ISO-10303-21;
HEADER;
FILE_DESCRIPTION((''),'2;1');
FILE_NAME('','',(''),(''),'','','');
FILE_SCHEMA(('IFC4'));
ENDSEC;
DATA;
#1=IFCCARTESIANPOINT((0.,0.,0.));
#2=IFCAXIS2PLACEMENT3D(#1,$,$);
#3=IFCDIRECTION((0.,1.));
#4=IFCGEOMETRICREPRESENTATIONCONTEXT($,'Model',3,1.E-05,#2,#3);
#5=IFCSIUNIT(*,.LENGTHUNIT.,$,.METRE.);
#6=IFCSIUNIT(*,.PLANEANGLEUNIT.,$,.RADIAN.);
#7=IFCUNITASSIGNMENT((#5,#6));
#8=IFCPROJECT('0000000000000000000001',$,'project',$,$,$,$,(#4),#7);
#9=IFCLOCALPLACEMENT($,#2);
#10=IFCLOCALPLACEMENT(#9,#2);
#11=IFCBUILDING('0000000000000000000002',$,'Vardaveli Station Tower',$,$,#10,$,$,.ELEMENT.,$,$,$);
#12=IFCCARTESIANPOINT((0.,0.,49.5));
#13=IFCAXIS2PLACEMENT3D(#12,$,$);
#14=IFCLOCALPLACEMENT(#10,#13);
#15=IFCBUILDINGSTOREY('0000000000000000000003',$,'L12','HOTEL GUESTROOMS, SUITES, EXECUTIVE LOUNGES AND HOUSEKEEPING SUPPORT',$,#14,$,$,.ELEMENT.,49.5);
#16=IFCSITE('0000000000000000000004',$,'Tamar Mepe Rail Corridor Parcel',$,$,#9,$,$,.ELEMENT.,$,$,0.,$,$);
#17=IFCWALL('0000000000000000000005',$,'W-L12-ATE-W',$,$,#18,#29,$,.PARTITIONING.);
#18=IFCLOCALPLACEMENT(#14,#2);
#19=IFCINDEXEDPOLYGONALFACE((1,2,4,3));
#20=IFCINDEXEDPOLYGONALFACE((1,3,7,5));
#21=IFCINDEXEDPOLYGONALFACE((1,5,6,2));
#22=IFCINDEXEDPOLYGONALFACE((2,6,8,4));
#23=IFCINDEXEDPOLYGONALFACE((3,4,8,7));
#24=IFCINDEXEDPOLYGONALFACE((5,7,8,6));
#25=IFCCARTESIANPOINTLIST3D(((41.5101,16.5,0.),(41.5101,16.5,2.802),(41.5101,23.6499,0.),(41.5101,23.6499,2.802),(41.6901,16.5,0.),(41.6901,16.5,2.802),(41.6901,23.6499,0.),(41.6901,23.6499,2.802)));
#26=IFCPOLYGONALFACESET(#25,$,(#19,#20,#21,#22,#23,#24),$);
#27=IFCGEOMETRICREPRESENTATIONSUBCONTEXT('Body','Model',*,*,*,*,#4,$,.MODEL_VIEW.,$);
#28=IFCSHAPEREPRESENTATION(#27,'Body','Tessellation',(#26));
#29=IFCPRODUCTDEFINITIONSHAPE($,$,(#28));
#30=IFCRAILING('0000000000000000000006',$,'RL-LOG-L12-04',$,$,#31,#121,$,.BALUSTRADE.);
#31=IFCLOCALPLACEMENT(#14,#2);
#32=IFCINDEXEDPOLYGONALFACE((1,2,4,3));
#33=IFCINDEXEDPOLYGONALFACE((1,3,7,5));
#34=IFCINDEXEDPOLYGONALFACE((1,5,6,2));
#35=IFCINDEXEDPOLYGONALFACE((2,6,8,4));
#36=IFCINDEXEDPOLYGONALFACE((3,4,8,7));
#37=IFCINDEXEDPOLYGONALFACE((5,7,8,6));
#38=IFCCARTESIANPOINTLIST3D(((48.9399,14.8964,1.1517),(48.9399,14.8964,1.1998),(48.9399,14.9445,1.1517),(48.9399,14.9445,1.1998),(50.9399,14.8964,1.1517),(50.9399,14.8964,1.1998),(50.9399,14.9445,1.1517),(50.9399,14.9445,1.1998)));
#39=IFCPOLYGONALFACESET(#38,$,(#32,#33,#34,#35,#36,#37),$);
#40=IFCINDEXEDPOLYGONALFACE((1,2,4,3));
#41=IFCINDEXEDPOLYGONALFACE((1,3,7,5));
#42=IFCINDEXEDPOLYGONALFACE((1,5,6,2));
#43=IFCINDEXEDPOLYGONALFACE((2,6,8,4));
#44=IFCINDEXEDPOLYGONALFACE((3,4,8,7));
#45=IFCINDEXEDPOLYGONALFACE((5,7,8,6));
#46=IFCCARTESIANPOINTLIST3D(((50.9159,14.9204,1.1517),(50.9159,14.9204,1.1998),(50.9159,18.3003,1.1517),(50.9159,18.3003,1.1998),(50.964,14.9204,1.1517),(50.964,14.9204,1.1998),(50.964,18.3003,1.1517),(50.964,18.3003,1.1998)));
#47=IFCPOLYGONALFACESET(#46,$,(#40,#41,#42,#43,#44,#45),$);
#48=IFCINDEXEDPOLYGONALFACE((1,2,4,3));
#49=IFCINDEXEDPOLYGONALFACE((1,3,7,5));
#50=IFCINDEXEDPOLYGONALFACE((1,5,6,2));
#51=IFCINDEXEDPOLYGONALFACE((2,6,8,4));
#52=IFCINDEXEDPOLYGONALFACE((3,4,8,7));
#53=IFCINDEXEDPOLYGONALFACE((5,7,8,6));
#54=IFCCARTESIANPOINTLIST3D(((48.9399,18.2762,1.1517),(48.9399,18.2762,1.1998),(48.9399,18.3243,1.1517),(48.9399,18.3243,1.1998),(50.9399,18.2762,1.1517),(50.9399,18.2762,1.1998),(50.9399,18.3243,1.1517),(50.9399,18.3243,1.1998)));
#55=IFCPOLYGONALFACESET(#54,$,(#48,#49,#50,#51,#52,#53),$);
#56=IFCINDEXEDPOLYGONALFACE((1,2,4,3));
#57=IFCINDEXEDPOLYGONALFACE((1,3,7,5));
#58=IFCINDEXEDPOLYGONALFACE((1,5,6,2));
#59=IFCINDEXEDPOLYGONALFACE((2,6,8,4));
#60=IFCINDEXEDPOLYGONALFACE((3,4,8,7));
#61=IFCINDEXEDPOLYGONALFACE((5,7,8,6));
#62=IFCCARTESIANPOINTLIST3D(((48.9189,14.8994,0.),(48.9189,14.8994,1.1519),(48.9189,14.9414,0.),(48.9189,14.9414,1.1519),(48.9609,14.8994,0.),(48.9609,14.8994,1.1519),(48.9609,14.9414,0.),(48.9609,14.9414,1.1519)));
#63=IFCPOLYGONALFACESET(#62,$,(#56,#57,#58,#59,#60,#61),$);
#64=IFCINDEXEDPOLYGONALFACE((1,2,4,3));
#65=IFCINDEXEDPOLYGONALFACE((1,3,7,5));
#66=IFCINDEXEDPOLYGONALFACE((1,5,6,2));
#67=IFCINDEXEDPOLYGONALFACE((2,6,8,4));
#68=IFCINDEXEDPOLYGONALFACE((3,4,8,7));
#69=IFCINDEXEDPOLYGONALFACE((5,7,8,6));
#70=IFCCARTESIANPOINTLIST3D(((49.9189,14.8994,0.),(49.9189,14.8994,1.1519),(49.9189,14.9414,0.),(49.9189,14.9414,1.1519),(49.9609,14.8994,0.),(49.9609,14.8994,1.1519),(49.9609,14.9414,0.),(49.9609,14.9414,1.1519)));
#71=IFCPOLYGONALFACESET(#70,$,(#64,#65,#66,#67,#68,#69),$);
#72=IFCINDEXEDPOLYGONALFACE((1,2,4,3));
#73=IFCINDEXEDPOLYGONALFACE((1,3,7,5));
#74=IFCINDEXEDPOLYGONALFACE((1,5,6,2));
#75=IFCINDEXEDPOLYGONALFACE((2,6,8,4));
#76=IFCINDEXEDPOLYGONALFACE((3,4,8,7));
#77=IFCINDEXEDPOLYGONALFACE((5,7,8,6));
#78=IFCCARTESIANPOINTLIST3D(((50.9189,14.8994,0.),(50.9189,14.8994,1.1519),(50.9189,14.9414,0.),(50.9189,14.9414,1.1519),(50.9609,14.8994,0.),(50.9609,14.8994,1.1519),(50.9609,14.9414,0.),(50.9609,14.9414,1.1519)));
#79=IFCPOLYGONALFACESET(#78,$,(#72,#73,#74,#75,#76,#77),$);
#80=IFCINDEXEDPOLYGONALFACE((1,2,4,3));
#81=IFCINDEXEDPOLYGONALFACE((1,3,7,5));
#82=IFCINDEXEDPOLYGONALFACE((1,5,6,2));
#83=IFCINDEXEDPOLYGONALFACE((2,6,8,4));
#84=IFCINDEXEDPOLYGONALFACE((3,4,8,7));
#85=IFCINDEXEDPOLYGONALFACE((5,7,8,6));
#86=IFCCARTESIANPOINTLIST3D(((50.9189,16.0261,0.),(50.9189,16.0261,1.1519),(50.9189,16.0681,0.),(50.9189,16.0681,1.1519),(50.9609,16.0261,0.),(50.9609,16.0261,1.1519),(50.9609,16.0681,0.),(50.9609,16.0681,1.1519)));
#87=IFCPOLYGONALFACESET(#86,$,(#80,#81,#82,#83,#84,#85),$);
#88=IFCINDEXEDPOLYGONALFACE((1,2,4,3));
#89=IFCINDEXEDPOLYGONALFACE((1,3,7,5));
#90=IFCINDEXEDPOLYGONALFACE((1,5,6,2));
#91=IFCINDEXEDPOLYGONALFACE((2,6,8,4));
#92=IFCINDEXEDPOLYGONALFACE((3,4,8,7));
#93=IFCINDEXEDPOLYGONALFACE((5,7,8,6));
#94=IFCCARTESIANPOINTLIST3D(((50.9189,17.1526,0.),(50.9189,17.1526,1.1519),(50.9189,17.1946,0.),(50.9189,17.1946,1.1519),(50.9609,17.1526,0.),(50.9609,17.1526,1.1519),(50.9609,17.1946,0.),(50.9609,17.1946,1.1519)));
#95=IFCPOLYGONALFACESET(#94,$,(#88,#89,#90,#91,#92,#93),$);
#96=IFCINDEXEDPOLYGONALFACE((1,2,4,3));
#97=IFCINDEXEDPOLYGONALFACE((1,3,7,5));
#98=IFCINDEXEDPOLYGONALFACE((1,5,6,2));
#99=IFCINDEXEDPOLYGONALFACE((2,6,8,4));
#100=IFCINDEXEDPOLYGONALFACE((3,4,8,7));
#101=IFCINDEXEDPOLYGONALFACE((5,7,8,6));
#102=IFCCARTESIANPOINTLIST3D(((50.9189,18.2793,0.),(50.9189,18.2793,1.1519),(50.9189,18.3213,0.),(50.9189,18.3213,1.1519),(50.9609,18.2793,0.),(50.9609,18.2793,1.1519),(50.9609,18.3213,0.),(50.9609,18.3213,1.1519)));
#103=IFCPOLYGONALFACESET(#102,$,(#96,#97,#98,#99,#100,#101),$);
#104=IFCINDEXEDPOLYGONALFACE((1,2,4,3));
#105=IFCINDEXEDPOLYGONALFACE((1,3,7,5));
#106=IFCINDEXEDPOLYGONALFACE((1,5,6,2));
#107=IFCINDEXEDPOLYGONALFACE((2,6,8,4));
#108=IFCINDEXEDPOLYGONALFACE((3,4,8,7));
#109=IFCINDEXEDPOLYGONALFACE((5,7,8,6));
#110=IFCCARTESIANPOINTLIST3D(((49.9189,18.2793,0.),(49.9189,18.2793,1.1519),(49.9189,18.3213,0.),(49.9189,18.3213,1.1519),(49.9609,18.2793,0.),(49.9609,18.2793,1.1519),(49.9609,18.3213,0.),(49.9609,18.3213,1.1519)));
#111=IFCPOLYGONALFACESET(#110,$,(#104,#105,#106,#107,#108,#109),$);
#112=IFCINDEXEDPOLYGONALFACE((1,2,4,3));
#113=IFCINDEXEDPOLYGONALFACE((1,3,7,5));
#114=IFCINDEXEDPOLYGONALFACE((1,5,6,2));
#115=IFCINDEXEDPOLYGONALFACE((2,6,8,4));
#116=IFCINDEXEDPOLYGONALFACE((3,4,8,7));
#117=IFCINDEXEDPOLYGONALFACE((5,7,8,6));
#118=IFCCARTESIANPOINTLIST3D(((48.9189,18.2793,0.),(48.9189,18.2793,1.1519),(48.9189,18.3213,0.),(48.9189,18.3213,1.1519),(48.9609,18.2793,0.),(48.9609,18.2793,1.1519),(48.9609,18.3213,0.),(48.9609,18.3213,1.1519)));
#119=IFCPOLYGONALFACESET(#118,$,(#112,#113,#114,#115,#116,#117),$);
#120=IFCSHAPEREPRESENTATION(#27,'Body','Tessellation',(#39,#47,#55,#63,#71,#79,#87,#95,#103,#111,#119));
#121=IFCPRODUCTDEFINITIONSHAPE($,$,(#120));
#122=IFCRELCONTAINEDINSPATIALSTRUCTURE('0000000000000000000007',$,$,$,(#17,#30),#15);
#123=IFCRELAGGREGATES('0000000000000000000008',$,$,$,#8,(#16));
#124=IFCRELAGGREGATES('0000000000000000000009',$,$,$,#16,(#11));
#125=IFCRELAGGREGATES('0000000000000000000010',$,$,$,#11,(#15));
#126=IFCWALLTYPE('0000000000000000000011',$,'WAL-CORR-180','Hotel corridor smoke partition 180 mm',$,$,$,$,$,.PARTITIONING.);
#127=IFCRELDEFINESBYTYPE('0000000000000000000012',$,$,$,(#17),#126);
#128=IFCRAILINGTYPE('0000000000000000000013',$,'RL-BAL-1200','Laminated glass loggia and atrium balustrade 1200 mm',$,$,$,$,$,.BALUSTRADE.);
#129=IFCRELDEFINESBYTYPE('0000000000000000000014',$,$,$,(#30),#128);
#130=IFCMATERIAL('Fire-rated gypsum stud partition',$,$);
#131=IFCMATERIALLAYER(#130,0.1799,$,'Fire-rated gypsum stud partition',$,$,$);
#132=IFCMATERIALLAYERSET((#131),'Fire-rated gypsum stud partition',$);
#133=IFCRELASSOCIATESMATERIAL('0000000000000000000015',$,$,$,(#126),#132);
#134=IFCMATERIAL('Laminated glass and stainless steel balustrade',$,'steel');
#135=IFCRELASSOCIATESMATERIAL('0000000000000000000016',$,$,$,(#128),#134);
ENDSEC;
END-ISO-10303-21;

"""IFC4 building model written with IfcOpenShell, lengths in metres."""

from ifc_helpers import new_model, si_unit, direction, frame, frame_2d, origin, origin_2d, place, context, subcontext, project, spatial, rectangle, extrude, source, transform, mapped, material, layer, layer_set, type_object, element, save


model = new_model("IFC4")

# Units and contexts
model_context = context("Model", 3, precision=1e-05, world=origin(), true_north=direction((0.0, 1.0)))
body_context = subcontext(model_context, "Body", "Model", "MODEL_VIEW")
ifc_project = project(units=[si_unit("LENGTHUNIT", "METRE"), si_unit("PLANEANGLEUNIT", "RADIAN")], contexts=[model_context])

# Site, building, storey
site_placement = place(None, origin())
site = spatial("IfcSite", under=ifc_project, at=site_placement, Name="Tamar Mepe Rail Corridor Parcel", CompositionType="ELEMENT", RefElevation=0.0)
building_placement = place(site_placement, origin())
building = spatial("IfcBuilding", under=site, at=building_placement, Name="Vardaveli Station Tower", CompositionType="ELEMENT")
storey_placement = place(building_placement, frame((0.0, 0.0, 49.5)))
storey = spatial("IfcBuildingStorey", under=building, at=storey_placement, Name="L12", Description="HOTEL GUESTROOMS, SUITES, EXECUTIVE LOUNGES AND HOUSEKEEPING SUPPORT", CompositionType="ELEMENT", Elevation=49.5)

# Shared definitions
ifc_material_1 = material(Name="Fire-rated gypsum stud partition")
ifc_layer_1 = layer(ifc_material_1, 0.1799, Name="Fire-rated gypsum stud partition")
ifc_layer_set_1 = layer_set([ifc_layer_1], Name="Fire-rated gypsum stud partition")
wall_type_1 = type_object("IfcWallType", Name="WAL-CORR-180", Description="Hotel corridor smoke partition 180 mm", PredefinedType="PARTITIONING", material=ifc_layer_set_1)

# Wall
shared_shape_1 = source(origin(), body_context, "Body", "SweptSolid", [
    extrude(rectangle(XDim=7.1499, YDim=0.1799, at=frame_2d((3.575, 0.0))), origin(), (0.0, 0.0, 1.0), 2.802),
])
wall_1_placement = place(storey_placement, frame((41.6001, 16.5, 0.0), z_axis=(0.0, 0.0, 1.0), x_axis=(0.0, 1.0, 0.0)))
element("IfcWall", 1, at=wall_1_placement, inside=storey, type_object=wall_type_1, Name="W-L12-ATE-W", PredefinedType="PARTITIONING", context=body_context, shape_type="MappedRepresentation", body=[
    mapped(shared_shape_1, transform((0.0, 0.0, 0.0), scale=1.0)),
])

# Railing
ifc_material_2 = material(Name="Laminated glass and stainless steel balustrade", Category="steel")
railing_type = type_object("IfcRailingType", Name="RL-BAL-1200", Description="Laminated glass loggia and atrium balustrade 1200 mm", PredefinedType="BALUSTRADE", material=ifc_material_2)
shared_shape_2 = source(origin(), body_context, "Body", "SweptSolid", [
    extrude(rectangle(XDim=0.0481, YDim=0.0481, at=origin_2d()), frame((0.0, 0.0, 1.1758), z_axis=(1.0, 0.0, 0.0), x_axis=(0.0, 1.0, 0.0)), (0.0, 0.0, 1.0), 2.0),
    extrude(rectangle(XDim=0.0481, YDim=0.0481, at=origin_2d()), frame((2.0, 0.0, 1.1758), z_axis=(0.0, 1.0, 0.0), x_axis=(-1.0, 0.0, 0.0)), (0.0, 0.0, 1.0), 3.3799),
    extrude(rectangle(XDim=0.0481, YDim=0.0481, at=origin_2d()), frame((2.0, 3.3799, 1.1758), z_axis=(-1.0, 0.0, 0.0), x_axis=(0.0, -1.0, 0.0)), (0.0, 0.0, 1.0), 2.0),
    extrude(rectangle(XDim=0.042, YDim=0.042, at=origin_2d()), origin(), (0.0, 0.0, 1.0), 1.1519),
    extrude(rectangle(XDim=0.042, YDim=0.042, at=origin_2d()), frame((1.0, 0.0, 0.0)), (0.0, 0.0, 1.0), 1.1519),
    extrude(rectangle(XDim=0.042, YDim=0.042, at=origin_2d()), frame((2.0, 0.0, 0.0)), (0.0, 0.0, 1.0), 1.1519),
    extrude(rectangle(XDim=0.042, YDim=0.042, at=origin_2d()), frame((2.0, 1.1267, 0.0)), (0.0, 0.0, 1.0), 1.1519),
    extrude(rectangle(XDim=0.042, YDim=0.042, at=origin_2d()), frame((2.0, 2.2532, 0.0)), (0.0, 0.0, 1.0), 1.1519),
    extrude(rectangle(XDim=0.042, YDim=0.042, at=origin_2d()), frame((2.0, 3.3799, 0.0)), (0.0, 0.0, 1.0), 1.1519),
    extrude(rectangle(XDim=0.042, YDim=0.042, at=origin_2d()), frame((1.0, 3.3799, 0.0)), (0.0, 0.0, 1.0), 1.1519),
    extrude(rectangle(XDim=0.042, YDim=0.042, at=origin_2d()), frame((0.0, 3.3799, 0.0)), (0.0, 0.0, 1.0), 1.1519),
])
railing_placement = place(storey_placement, frame((48.9399, 14.9204, 0.0)))
element("IfcRailing", 2, at=railing_placement, inside=storey, type_object=railing_type, Name="RL-LOG-L12-04", PredefinedType="BALUSTRADE", context=body_context, shape_type="MappedRepresentation", body=[
    mapped(shared_shape_2, transform((0.0, 0.0, 0.0), scale=1.0)),
])

save(model, "model.ifc")
